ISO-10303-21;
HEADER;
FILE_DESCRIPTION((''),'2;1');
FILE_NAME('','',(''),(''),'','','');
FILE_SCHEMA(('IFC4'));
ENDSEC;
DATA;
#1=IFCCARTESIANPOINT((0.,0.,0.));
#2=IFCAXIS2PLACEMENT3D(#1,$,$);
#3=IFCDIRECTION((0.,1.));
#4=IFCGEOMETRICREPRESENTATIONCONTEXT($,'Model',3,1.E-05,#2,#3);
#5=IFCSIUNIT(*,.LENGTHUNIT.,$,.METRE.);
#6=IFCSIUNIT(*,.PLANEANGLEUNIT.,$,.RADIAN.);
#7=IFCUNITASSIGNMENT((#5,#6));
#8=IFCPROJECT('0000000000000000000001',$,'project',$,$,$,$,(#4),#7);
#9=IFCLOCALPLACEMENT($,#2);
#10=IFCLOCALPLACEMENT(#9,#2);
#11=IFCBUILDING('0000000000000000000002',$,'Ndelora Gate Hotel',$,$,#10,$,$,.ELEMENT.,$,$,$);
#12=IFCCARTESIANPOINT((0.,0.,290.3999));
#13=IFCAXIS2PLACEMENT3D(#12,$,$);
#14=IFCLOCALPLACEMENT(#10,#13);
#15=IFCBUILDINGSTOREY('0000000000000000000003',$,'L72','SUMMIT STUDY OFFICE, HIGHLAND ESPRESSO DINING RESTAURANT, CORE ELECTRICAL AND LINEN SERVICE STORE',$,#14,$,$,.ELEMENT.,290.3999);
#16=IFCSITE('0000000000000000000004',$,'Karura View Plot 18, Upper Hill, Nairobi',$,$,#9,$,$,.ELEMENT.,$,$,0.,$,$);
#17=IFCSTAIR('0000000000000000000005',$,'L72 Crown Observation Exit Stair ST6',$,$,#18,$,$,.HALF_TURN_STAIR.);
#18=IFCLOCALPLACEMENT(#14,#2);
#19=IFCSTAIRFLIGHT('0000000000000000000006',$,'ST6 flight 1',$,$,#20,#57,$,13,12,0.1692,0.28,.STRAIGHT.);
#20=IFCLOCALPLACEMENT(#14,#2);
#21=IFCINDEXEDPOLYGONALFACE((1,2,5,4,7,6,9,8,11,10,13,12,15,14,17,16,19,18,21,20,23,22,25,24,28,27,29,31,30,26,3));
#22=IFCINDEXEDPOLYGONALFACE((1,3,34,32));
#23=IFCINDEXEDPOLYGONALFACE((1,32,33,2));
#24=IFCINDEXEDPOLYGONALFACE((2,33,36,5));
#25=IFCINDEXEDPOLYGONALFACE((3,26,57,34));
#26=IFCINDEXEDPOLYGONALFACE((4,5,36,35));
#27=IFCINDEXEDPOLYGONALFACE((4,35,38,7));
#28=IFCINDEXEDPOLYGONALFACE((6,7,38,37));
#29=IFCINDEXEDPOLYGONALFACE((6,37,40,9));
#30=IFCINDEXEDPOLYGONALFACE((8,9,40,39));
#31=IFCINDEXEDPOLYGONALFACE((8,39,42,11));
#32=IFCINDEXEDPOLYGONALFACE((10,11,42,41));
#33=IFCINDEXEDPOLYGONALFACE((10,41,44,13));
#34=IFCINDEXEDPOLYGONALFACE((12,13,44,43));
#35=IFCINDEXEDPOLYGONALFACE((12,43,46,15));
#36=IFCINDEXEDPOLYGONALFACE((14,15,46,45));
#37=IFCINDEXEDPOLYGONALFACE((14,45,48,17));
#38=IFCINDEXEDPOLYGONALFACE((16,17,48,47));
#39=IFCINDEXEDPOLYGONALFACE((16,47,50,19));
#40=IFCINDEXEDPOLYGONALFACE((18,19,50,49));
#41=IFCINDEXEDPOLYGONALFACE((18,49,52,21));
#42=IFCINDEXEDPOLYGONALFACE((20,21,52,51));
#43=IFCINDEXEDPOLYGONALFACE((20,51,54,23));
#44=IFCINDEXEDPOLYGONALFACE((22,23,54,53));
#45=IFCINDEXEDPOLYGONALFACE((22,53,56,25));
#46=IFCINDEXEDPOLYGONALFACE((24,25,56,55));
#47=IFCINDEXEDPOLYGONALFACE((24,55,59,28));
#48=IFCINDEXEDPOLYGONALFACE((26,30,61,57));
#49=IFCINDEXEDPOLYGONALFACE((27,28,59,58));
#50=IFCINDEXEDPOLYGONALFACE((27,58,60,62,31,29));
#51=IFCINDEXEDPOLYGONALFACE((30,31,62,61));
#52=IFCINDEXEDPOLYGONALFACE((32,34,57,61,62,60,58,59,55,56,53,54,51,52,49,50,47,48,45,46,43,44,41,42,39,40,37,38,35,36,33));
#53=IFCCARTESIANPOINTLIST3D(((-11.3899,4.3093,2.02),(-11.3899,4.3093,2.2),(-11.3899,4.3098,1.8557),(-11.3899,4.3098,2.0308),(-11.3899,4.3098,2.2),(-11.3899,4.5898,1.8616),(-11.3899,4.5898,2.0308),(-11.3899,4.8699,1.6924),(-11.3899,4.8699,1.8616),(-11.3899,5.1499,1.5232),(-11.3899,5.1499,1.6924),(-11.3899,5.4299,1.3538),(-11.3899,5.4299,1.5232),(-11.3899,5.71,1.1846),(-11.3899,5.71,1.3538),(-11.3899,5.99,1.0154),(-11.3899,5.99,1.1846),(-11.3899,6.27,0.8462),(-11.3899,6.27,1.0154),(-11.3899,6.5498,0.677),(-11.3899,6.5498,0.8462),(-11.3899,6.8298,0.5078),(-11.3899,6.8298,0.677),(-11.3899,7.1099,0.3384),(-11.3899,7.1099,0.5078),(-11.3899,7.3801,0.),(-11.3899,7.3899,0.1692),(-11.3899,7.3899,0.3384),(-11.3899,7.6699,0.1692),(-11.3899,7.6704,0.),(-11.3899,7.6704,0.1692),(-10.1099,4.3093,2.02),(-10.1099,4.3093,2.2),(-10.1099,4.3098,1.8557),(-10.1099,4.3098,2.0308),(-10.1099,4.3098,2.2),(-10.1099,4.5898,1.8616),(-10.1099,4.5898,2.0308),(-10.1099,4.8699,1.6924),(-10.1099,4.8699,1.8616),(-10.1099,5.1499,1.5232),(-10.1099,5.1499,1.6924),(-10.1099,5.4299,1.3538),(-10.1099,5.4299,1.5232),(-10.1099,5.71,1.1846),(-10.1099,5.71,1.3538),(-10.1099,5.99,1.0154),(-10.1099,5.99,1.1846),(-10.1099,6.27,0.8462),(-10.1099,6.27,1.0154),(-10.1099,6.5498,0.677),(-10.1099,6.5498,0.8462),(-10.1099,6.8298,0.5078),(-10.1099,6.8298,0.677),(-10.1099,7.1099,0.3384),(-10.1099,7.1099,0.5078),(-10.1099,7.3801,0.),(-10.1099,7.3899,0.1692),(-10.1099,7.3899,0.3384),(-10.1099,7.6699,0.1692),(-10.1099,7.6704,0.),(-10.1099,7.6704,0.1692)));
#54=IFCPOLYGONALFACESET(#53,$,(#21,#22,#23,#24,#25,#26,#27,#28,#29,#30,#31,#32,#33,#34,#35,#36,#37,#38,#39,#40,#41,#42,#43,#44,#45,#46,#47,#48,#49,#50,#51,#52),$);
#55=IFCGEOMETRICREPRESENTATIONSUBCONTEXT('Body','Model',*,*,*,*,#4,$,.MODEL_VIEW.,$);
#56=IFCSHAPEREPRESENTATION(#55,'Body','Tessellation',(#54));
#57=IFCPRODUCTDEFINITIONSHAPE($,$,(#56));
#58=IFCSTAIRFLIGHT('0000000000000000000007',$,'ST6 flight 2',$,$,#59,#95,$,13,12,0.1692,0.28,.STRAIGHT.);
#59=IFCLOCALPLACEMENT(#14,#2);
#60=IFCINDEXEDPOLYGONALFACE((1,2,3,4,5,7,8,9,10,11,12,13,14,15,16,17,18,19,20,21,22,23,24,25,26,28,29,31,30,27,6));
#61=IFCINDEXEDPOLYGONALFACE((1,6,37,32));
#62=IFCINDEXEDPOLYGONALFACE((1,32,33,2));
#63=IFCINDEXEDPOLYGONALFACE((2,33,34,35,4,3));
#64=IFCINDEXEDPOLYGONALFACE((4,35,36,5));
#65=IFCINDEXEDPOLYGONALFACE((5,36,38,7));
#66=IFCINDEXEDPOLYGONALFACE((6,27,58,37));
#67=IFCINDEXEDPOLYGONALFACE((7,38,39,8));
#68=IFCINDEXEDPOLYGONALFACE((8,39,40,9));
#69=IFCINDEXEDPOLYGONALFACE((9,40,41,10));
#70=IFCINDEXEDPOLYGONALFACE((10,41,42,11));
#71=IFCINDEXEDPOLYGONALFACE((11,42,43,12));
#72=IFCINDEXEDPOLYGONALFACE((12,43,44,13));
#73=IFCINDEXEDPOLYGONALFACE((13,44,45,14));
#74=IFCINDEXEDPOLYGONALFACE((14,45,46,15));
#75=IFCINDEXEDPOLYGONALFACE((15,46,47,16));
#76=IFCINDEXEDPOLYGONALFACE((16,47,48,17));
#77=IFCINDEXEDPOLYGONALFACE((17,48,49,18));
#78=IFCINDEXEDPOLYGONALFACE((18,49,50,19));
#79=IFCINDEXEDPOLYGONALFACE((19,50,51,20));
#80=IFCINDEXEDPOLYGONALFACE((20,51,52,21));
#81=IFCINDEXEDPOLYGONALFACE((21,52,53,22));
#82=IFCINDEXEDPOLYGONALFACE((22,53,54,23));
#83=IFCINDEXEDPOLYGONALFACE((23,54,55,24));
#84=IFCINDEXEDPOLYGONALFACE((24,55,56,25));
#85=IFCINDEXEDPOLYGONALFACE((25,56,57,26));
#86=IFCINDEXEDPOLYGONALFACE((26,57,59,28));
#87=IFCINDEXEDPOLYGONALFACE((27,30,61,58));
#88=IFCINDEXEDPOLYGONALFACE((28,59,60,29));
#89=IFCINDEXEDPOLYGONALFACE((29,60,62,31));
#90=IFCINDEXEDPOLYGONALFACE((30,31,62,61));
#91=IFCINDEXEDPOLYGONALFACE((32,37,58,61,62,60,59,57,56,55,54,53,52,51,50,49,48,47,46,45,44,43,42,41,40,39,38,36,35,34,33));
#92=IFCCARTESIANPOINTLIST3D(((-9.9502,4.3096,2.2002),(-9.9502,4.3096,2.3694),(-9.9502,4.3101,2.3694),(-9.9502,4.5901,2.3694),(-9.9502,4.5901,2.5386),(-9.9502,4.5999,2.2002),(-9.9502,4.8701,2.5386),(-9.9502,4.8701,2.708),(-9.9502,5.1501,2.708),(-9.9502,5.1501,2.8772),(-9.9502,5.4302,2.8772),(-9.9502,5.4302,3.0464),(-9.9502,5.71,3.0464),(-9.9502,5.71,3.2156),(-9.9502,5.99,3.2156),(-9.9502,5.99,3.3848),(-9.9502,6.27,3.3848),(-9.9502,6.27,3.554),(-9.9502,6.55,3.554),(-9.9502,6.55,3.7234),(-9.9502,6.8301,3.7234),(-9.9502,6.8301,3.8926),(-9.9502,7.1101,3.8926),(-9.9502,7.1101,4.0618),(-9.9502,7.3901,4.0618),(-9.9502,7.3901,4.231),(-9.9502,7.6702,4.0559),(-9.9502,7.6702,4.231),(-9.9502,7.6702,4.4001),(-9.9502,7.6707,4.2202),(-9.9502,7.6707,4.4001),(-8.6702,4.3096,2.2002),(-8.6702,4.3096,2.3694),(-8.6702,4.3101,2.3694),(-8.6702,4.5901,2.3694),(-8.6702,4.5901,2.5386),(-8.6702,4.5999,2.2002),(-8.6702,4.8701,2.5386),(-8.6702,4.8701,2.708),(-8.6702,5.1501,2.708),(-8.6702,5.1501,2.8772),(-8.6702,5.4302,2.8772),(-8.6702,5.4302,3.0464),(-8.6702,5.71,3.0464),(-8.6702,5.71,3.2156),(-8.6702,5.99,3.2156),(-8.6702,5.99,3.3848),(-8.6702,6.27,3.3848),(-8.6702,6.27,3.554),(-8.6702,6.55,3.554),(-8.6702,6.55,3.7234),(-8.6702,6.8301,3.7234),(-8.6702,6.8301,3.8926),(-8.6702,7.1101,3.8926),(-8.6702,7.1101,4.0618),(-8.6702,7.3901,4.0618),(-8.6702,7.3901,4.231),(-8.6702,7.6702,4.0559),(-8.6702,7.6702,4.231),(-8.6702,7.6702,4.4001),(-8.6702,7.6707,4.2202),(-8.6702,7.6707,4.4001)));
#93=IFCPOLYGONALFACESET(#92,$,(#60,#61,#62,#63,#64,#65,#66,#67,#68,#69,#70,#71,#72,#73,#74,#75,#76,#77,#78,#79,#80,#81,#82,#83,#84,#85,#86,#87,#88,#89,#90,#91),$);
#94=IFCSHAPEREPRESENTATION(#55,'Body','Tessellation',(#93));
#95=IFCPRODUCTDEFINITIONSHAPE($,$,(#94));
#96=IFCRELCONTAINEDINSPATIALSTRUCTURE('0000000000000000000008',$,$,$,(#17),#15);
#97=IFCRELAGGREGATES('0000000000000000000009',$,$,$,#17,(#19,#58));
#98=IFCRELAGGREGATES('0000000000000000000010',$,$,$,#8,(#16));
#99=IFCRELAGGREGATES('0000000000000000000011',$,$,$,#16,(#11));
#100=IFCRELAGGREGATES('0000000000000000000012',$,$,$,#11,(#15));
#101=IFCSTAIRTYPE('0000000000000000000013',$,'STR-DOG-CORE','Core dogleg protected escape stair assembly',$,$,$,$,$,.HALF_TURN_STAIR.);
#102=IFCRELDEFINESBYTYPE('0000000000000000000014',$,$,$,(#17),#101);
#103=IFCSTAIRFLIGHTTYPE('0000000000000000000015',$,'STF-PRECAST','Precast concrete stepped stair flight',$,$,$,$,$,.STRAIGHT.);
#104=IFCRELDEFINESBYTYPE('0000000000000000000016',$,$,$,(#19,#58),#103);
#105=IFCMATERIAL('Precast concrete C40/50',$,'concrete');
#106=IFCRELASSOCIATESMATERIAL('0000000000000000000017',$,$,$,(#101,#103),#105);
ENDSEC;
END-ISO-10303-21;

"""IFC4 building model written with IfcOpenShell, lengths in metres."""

from ifc_helpers import new_model, si_unit, direction, frame, origin, place, context, subcontext, project, spatial, polyline, outline, extrude, material, type_object, element, aggregate, save


model = new_model("IFC4")

# Units and contexts
model_context = context("Model", 3, precision=1e-05, world=origin(), true_north=direction((0.0, 1.0)))
body_context = subcontext(model_context, "Body", "Model", "MODEL_VIEW")
ifc_project = project(units=[si_unit("LENGTHUNIT", "METRE"), si_unit("PLANEANGLEUNIT", "RADIAN")], contexts=[model_context])

# Site, building, storey
site_placement = place(None, origin())
site = spatial("IfcSite", under=ifc_project, at=site_placement, Name="Karura View Plot 18, Upper Hill, Nairobi", CompositionType="ELEMENT", RefElevation=0.0)
building_placement = place(site_placement, origin())
building = spatial("IfcBuilding", under=site, at=building_placement, Name="Ndelora Gate Hotel", CompositionType="ELEMENT")
storey_placement = place(building_placement, frame((0.0, 0.0, 290.3999)))
storey = spatial("IfcBuildingStorey", under=building, at=storey_placement, Name="L72", Description="SUMMIT STUDY OFFICE, HIGHLAND ESPRESSO DINING RESTAURANT, CORE ELECTRICAL AND LINEN SERVICE STORE", CompositionType="ELEMENT", Elevation=290.3999)

# Stair, stair flights
ifc_material_1 = material(Name="Precast concrete C40/50", Category="concrete")
stair_type = type_object("IfcStairType", Name="STR-DOG-CORE", Description="Core dogleg protected escape stair assembly", PredefinedType="HALF_TURN_STAIR", material=ifc_material_1)
stair_placement = place(storey_placement, origin())
stair = element("IfcStair", 1, at=stair_placement, inside=storey, type_object=stair_type, Name="L72 Crown Observation Exit Stair ST6", PredefinedType="HALF_TURN_STAIR")
stair_flight_type = type_object("IfcStairFlightType", Name="STF-PRECAST", Description="Precast concrete stepped stair flight", PredefinedType="STRAIGHT", material=ifc_material_1)
stair_flight_1_placement = place(storey_placement, frame((-10.75, 7.6699, 0.0), z_axis=(0.0, 0.0, 1.0), x_axis=(0.0, -1.0, 0.0)))
stair_flight_1 = element("IfcStairFlight", 2, at=stair_flight_1_placement, type_object=stair_flight_type, Name="ST6 flight 1", NumberOfRisers=13, NumberOfTreads=12, PredefinedType="STRAIGHT", RiserHeight=0.1692, TreadLength=0.28, context=body_context, shape_type="SweptSolid", body=[
    extrude(outline(polyline([(-0.0005, 0.0), (-0.0005, 0.1692), (0.0, 0.1692), (0.28, 0.1692), (0.28, 0.3384), (0.5601, 0.3384), (0.5601, 0.5078), (0.8401, 0.5078), (0.8401, 0.677), (1.1201, 0.677), (1.1201, 0.8462), (1.3999, 0.8462), (1.3999, 1.0154), (1.6799, 1.0154), (1.6799, 1.1846), (1.96, 1.1846), (1.96, 1.3538), (2.24, 1.3538), (2.24, 1.5232), (2.52, 1.5232), (2.52, 1.6924), (2.8, 1.6924), (2.8, 1.8616), (3.0801, 1.8616), (3.0801, 2.0308), (3.3601, 2.0308), (3.3601, 2.2), (3.3606, 2.2), (3.3606, 2.02), (3.3601, 1.8557), (0.2898, 0.0), (-0.0005, 0.0)])), frame((0.0, 0.6401, 0.0), z_axis=(0.0, -1.0, 0.0), x_axis=(1.0, 0.0, 0.0)), (0.0, 0.0, 1.0), 1.28),
])
stair_flight_2_placement = place(storey_placement, frame((-9.3101, 4.3101, 2.2002), z_axis=(0.0, 0.0, 1.0), x_axis=(0.0, 1.0, 0.0)))
stair_flight_2 = element("IfcStairFlight", 3, at=stair_flight_2_placement, type_object=stair_flight_type, Name="ST6 flight 2", NumberOfRisers=13, NumberOfTreads=12, PredefinedType="STRAIGHT", RiserHeight=0.1692, TreadLength=0.28, context=body_context, shape_type="SweptSolid", body=[
    extrude(outline(polyline([(-0.0005, 0.0), (-0.0005, 0.1692), (0.0, 0.1692), (0.28, 0.1692), (0.28, 0.3384), (0.5601, 0.3384), (0.5601, 0.5078), (0.8401, 0.5078), (0.8401, 0.677), (1.1201, 0.677), (1.1201, 0.8462), (1.3999, 0.8462), (1.3999, 1.0154), (1.6799, 1.0154), (1.6799, 1.1846), (1.96, 1.1846), (1.96, 1.3538), (2.24, 1.3538), (2.24, 1.5232), (2.52, 1.5232), (2.52, 1.6924), (2.8, 1.6924), (2.8, 1.8616), (3.0801, 1.8616), (3.0801, 2.0308), (3.3601, 2.0308), (3.3601, 2.2), (3.3606, 2.2), (3.3606, 2.02), (3.3601, 1.8557), (0.2898, 0.0), (-0.0005, 0.0)])), frame((0.0, 0.6401, 0.0), z_axis=(0.0, -1.0, 0.0), x_axis=(1.0, 0.0, 0.0)), (0.0, 0.0, 1.0), 1.28),
])
aggregate(stair, [stair_flight_1, stair_flight_2])

save(model, "model.ifc")
